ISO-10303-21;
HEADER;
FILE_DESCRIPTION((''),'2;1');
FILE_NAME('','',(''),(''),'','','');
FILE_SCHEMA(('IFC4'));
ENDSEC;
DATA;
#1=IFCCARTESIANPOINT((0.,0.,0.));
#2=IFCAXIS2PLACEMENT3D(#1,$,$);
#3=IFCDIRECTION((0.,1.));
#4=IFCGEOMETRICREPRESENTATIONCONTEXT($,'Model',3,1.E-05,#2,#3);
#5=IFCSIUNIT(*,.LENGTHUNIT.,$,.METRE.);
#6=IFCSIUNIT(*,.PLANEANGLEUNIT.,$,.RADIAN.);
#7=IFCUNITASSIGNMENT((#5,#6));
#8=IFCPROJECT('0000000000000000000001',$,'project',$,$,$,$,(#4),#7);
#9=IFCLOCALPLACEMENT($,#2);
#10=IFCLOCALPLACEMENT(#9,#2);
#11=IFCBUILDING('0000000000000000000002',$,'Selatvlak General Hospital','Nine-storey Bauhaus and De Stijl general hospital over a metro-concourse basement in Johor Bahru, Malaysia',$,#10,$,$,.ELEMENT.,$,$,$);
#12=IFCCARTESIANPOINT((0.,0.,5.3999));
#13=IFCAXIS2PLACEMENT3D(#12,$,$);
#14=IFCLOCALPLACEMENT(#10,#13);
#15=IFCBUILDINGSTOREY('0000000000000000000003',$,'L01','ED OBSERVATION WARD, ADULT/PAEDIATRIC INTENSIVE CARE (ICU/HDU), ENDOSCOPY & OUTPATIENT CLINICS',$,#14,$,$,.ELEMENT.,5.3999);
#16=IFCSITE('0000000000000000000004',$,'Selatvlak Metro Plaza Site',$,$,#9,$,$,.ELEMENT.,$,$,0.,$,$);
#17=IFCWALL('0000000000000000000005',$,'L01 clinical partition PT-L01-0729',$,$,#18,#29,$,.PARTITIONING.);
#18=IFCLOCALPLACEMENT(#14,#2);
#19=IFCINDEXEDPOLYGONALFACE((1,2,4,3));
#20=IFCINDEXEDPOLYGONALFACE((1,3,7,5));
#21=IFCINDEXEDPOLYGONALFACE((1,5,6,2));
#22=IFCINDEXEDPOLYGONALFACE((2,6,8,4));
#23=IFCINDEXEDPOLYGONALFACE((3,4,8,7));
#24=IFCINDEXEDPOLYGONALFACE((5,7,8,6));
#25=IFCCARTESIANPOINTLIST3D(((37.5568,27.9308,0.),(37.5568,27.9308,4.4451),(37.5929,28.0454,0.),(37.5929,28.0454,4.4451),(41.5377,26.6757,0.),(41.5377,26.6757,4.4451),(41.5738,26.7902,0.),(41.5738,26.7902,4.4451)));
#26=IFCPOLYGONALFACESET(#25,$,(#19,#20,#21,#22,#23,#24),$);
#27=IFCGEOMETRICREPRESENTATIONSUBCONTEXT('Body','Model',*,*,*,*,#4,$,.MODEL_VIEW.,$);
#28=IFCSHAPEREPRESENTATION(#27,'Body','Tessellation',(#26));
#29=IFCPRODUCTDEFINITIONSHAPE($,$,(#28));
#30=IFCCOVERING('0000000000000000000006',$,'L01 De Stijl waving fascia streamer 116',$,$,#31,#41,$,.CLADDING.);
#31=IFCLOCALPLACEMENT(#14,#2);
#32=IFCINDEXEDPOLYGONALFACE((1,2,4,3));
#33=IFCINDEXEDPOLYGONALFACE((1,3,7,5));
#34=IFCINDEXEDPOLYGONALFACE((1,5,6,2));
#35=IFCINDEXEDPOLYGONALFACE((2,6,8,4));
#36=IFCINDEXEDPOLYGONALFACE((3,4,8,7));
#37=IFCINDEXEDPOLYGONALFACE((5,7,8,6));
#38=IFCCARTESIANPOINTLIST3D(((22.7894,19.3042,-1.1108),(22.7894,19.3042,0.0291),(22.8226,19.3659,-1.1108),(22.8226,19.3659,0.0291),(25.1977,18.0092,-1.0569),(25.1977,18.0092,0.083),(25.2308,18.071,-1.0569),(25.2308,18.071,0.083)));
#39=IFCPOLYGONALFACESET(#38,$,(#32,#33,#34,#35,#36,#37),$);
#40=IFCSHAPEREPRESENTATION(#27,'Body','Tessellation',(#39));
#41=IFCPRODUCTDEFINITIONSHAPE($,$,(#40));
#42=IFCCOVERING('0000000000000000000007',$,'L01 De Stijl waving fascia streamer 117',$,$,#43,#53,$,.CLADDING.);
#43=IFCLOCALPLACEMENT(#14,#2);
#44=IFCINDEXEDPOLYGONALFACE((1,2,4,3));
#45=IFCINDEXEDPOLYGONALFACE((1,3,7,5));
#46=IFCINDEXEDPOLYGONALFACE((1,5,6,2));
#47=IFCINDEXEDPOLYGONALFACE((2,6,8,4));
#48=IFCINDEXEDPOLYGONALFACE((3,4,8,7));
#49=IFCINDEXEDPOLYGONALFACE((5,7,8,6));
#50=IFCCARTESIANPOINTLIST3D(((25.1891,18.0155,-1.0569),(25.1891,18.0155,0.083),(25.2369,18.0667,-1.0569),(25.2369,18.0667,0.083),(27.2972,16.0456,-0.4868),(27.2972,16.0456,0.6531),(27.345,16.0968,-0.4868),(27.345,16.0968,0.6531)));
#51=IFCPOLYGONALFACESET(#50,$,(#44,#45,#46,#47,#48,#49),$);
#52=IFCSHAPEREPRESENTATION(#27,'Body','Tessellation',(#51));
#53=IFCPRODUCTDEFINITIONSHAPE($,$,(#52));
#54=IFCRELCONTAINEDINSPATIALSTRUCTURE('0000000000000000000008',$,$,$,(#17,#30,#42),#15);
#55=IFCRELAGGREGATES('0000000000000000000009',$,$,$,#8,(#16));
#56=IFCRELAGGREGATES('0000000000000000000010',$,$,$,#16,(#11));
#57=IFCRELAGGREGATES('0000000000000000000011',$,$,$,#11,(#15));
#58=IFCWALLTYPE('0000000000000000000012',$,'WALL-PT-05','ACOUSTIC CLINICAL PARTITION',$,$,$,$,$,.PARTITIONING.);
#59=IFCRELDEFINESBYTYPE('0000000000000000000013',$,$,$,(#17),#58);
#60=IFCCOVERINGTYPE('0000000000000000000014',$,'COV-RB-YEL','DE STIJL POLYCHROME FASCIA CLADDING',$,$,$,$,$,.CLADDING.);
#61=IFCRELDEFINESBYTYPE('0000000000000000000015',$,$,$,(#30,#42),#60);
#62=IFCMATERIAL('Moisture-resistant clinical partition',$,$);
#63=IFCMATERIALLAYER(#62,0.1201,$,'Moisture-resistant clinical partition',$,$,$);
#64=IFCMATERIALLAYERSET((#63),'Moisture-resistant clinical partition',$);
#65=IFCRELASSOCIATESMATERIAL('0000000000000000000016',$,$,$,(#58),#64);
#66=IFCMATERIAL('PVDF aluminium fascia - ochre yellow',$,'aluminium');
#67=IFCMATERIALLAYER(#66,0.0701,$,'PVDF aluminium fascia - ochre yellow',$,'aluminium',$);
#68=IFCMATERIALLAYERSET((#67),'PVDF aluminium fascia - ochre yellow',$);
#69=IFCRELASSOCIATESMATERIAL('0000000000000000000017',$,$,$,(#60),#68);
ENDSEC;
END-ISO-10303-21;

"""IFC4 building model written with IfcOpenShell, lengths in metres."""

from ifc_helpers import new_model, si_unit, direction, frame, frame_2d, origin, place, context, subcontext, project, spatial, polyline, rectangle, outline, extrude, material, layer, layer_set, type_object, element, save


model = new_model("IFC4")

# Units and contexts
model_context = context("Model", 3, precision=1e-05, world=origin(), true_north=direction((0.0, 1.0)))
body_context = subcontext(model_context, "Body", "Model", "MODEL_VIEW")
ifc_project = project(units=[si_unit("LENGTHUNIT", "METRE"), si_unit("PLANEANGLEUNIT", "RADIAN")], contexts=[model_context])

# Site, building, storey
site_placement = place(None, origin())
site = spatial("IfcSite", under=ifc_project, at=site_placement, Name="Selatvlak Metro Plaza Site", CompositionType="ELEMENT", RefElevation=0.0)
building_placement = place(site_placement, origin())
building = spatial("IfcBuilding", under=site, at=building_placement, Name="Selatvlak General Hospital", Description="Nine-storey Bauhaus and De Stijl general hospital over a metro-concourse basement in Johor Bahru, Malaysia", CompositionType="ELEMENT")
storey_placement = place(building_placement, frame((0.0, 0.0, 5.3999)))
storey = spatial("IfcBuildingStorey", under=building, at=storey_placement, Name="L01", Description="ED OBSERVATION WARD, ADULT/PAEDIATRIC INTENSIVE CARE (ICU/HDU), ENDOSCOPY & OUTPATIENT CLINICS", CompositionType="ELEMENT", Elevation=5.3999)

# Shared definitions
ifc_material_1 = material(Name="Moisture-resistant clinical partition")

# Wall
ifc_layer_1 = layer(ifc_material_1, 0.1201, Name="Moisture-resistant clinical partition")
ifc_layer_set_1 = layer_set([ifc_layer_1], Name="Moisture-resistant clinical partition")
wall_type_1 = type_object("IfcWallType", Name="WALL-PT-05", Description="ACOUSTIC CLINICAL PARTITION", PredefinedType="PARTITIONING", material=ifc_layer_set_1)
wall_1_placement = place(storey_placement, frame((37.575, 27.988, 0.0), z_axis=(0.0, 0.0, 1.0), x_axis=(0.953721, -0.300692, 0.0)))
element("IfcWall", 1, at=wall_1_placement, inside=storey, type_object=wall_type_1, Name="L01 clinical partition PT-L01-0729", PredefinedType="PARTITIONING", context=body_context, shape_type="SweptSolid", body=[
    extrude(rectangle(XDim=4.1741, YDim=0.1201, at=frame_2d((2.0869, 0.0))), origin(), (0.0, 0.0, 1.0), 4.4451),
])

# Coverings
ifc_material_2 = material(Name="PVDF aluminium fascia - ochre yellow", Category="aluminium")
ifc_layer_2 = layer(ifc_material_2, 0.0701, Name="PVDF aluminium fascia - ochre yellow", Category="aluminium")
ifc_layer_set_2 = layer_set([ifc_layer_2], Name="PVDF aluminium fascia - ochre yellow")
covering_type = type_object("IfcCoveringType", Name="COV-RB-YEL", Description="DE STIJL POLYCHROME FASCIA CLADDING", PredefinedType="CLADDING", material=ifc_layer_set_2)
covering_1_placement = place(storey_placement, frame((22.8059, 19.335, -1.1108), z_axis=(0.0, 0.0, 1.0), x_axis=(0.880746, -0.473589, 0.0)))
element("IfcCovering", 2, at=covering_1_placement, inside=storey, type_object=covering_type, Name="L01 De Stijl waving fascia streamer 116", PredefinedType="CLADDING", context=body_context, shape_type="SweptSolid", body=[
    extrude(outline(polyline([(0.0, 0.0), (2.7344, 0.054), (2.7344, 1.1938), (0.0, 1.1399), (0.0, 0.0)])), frame((0.0, 0.0352, 0.0), z_axis=(0.0, -1.0, 0.0), x_axis=(1.0, 0.0, 0.0)), (0.0, 0.0, 1.0), 0.0701),
])
covering_2_placement = place(storey_placement, frame((25.2129, 18.041, -1.0569), z_axis=(0.0, 0.0, 1.0), x_axis=(0.730647, -0.682755, 0.0)))
element("IfcCovering", 3, at=covering_2_placement, inside=storey, type_object=covering_type, Name="L01 De Stijl waving fascia streamer 117", PredefinedType="CLADDING", context=body_context, shape_type="SweptSolid", body=[
    extrude(outline(polyline([(0.0, 0.0), (2.8853, 0.5701), (2.8853, 1.71), (0.0, 1.1399), (0.0, 0.0)])), frame((0.0, 0.0352, 0.0), z_axis=(0.0, -1.0, 0.0), x_axis=(1.0, 0.0, 0.0)), (0.0, 0.0, 1.0), 0.0701),
])

save(model, "model.ifc")
